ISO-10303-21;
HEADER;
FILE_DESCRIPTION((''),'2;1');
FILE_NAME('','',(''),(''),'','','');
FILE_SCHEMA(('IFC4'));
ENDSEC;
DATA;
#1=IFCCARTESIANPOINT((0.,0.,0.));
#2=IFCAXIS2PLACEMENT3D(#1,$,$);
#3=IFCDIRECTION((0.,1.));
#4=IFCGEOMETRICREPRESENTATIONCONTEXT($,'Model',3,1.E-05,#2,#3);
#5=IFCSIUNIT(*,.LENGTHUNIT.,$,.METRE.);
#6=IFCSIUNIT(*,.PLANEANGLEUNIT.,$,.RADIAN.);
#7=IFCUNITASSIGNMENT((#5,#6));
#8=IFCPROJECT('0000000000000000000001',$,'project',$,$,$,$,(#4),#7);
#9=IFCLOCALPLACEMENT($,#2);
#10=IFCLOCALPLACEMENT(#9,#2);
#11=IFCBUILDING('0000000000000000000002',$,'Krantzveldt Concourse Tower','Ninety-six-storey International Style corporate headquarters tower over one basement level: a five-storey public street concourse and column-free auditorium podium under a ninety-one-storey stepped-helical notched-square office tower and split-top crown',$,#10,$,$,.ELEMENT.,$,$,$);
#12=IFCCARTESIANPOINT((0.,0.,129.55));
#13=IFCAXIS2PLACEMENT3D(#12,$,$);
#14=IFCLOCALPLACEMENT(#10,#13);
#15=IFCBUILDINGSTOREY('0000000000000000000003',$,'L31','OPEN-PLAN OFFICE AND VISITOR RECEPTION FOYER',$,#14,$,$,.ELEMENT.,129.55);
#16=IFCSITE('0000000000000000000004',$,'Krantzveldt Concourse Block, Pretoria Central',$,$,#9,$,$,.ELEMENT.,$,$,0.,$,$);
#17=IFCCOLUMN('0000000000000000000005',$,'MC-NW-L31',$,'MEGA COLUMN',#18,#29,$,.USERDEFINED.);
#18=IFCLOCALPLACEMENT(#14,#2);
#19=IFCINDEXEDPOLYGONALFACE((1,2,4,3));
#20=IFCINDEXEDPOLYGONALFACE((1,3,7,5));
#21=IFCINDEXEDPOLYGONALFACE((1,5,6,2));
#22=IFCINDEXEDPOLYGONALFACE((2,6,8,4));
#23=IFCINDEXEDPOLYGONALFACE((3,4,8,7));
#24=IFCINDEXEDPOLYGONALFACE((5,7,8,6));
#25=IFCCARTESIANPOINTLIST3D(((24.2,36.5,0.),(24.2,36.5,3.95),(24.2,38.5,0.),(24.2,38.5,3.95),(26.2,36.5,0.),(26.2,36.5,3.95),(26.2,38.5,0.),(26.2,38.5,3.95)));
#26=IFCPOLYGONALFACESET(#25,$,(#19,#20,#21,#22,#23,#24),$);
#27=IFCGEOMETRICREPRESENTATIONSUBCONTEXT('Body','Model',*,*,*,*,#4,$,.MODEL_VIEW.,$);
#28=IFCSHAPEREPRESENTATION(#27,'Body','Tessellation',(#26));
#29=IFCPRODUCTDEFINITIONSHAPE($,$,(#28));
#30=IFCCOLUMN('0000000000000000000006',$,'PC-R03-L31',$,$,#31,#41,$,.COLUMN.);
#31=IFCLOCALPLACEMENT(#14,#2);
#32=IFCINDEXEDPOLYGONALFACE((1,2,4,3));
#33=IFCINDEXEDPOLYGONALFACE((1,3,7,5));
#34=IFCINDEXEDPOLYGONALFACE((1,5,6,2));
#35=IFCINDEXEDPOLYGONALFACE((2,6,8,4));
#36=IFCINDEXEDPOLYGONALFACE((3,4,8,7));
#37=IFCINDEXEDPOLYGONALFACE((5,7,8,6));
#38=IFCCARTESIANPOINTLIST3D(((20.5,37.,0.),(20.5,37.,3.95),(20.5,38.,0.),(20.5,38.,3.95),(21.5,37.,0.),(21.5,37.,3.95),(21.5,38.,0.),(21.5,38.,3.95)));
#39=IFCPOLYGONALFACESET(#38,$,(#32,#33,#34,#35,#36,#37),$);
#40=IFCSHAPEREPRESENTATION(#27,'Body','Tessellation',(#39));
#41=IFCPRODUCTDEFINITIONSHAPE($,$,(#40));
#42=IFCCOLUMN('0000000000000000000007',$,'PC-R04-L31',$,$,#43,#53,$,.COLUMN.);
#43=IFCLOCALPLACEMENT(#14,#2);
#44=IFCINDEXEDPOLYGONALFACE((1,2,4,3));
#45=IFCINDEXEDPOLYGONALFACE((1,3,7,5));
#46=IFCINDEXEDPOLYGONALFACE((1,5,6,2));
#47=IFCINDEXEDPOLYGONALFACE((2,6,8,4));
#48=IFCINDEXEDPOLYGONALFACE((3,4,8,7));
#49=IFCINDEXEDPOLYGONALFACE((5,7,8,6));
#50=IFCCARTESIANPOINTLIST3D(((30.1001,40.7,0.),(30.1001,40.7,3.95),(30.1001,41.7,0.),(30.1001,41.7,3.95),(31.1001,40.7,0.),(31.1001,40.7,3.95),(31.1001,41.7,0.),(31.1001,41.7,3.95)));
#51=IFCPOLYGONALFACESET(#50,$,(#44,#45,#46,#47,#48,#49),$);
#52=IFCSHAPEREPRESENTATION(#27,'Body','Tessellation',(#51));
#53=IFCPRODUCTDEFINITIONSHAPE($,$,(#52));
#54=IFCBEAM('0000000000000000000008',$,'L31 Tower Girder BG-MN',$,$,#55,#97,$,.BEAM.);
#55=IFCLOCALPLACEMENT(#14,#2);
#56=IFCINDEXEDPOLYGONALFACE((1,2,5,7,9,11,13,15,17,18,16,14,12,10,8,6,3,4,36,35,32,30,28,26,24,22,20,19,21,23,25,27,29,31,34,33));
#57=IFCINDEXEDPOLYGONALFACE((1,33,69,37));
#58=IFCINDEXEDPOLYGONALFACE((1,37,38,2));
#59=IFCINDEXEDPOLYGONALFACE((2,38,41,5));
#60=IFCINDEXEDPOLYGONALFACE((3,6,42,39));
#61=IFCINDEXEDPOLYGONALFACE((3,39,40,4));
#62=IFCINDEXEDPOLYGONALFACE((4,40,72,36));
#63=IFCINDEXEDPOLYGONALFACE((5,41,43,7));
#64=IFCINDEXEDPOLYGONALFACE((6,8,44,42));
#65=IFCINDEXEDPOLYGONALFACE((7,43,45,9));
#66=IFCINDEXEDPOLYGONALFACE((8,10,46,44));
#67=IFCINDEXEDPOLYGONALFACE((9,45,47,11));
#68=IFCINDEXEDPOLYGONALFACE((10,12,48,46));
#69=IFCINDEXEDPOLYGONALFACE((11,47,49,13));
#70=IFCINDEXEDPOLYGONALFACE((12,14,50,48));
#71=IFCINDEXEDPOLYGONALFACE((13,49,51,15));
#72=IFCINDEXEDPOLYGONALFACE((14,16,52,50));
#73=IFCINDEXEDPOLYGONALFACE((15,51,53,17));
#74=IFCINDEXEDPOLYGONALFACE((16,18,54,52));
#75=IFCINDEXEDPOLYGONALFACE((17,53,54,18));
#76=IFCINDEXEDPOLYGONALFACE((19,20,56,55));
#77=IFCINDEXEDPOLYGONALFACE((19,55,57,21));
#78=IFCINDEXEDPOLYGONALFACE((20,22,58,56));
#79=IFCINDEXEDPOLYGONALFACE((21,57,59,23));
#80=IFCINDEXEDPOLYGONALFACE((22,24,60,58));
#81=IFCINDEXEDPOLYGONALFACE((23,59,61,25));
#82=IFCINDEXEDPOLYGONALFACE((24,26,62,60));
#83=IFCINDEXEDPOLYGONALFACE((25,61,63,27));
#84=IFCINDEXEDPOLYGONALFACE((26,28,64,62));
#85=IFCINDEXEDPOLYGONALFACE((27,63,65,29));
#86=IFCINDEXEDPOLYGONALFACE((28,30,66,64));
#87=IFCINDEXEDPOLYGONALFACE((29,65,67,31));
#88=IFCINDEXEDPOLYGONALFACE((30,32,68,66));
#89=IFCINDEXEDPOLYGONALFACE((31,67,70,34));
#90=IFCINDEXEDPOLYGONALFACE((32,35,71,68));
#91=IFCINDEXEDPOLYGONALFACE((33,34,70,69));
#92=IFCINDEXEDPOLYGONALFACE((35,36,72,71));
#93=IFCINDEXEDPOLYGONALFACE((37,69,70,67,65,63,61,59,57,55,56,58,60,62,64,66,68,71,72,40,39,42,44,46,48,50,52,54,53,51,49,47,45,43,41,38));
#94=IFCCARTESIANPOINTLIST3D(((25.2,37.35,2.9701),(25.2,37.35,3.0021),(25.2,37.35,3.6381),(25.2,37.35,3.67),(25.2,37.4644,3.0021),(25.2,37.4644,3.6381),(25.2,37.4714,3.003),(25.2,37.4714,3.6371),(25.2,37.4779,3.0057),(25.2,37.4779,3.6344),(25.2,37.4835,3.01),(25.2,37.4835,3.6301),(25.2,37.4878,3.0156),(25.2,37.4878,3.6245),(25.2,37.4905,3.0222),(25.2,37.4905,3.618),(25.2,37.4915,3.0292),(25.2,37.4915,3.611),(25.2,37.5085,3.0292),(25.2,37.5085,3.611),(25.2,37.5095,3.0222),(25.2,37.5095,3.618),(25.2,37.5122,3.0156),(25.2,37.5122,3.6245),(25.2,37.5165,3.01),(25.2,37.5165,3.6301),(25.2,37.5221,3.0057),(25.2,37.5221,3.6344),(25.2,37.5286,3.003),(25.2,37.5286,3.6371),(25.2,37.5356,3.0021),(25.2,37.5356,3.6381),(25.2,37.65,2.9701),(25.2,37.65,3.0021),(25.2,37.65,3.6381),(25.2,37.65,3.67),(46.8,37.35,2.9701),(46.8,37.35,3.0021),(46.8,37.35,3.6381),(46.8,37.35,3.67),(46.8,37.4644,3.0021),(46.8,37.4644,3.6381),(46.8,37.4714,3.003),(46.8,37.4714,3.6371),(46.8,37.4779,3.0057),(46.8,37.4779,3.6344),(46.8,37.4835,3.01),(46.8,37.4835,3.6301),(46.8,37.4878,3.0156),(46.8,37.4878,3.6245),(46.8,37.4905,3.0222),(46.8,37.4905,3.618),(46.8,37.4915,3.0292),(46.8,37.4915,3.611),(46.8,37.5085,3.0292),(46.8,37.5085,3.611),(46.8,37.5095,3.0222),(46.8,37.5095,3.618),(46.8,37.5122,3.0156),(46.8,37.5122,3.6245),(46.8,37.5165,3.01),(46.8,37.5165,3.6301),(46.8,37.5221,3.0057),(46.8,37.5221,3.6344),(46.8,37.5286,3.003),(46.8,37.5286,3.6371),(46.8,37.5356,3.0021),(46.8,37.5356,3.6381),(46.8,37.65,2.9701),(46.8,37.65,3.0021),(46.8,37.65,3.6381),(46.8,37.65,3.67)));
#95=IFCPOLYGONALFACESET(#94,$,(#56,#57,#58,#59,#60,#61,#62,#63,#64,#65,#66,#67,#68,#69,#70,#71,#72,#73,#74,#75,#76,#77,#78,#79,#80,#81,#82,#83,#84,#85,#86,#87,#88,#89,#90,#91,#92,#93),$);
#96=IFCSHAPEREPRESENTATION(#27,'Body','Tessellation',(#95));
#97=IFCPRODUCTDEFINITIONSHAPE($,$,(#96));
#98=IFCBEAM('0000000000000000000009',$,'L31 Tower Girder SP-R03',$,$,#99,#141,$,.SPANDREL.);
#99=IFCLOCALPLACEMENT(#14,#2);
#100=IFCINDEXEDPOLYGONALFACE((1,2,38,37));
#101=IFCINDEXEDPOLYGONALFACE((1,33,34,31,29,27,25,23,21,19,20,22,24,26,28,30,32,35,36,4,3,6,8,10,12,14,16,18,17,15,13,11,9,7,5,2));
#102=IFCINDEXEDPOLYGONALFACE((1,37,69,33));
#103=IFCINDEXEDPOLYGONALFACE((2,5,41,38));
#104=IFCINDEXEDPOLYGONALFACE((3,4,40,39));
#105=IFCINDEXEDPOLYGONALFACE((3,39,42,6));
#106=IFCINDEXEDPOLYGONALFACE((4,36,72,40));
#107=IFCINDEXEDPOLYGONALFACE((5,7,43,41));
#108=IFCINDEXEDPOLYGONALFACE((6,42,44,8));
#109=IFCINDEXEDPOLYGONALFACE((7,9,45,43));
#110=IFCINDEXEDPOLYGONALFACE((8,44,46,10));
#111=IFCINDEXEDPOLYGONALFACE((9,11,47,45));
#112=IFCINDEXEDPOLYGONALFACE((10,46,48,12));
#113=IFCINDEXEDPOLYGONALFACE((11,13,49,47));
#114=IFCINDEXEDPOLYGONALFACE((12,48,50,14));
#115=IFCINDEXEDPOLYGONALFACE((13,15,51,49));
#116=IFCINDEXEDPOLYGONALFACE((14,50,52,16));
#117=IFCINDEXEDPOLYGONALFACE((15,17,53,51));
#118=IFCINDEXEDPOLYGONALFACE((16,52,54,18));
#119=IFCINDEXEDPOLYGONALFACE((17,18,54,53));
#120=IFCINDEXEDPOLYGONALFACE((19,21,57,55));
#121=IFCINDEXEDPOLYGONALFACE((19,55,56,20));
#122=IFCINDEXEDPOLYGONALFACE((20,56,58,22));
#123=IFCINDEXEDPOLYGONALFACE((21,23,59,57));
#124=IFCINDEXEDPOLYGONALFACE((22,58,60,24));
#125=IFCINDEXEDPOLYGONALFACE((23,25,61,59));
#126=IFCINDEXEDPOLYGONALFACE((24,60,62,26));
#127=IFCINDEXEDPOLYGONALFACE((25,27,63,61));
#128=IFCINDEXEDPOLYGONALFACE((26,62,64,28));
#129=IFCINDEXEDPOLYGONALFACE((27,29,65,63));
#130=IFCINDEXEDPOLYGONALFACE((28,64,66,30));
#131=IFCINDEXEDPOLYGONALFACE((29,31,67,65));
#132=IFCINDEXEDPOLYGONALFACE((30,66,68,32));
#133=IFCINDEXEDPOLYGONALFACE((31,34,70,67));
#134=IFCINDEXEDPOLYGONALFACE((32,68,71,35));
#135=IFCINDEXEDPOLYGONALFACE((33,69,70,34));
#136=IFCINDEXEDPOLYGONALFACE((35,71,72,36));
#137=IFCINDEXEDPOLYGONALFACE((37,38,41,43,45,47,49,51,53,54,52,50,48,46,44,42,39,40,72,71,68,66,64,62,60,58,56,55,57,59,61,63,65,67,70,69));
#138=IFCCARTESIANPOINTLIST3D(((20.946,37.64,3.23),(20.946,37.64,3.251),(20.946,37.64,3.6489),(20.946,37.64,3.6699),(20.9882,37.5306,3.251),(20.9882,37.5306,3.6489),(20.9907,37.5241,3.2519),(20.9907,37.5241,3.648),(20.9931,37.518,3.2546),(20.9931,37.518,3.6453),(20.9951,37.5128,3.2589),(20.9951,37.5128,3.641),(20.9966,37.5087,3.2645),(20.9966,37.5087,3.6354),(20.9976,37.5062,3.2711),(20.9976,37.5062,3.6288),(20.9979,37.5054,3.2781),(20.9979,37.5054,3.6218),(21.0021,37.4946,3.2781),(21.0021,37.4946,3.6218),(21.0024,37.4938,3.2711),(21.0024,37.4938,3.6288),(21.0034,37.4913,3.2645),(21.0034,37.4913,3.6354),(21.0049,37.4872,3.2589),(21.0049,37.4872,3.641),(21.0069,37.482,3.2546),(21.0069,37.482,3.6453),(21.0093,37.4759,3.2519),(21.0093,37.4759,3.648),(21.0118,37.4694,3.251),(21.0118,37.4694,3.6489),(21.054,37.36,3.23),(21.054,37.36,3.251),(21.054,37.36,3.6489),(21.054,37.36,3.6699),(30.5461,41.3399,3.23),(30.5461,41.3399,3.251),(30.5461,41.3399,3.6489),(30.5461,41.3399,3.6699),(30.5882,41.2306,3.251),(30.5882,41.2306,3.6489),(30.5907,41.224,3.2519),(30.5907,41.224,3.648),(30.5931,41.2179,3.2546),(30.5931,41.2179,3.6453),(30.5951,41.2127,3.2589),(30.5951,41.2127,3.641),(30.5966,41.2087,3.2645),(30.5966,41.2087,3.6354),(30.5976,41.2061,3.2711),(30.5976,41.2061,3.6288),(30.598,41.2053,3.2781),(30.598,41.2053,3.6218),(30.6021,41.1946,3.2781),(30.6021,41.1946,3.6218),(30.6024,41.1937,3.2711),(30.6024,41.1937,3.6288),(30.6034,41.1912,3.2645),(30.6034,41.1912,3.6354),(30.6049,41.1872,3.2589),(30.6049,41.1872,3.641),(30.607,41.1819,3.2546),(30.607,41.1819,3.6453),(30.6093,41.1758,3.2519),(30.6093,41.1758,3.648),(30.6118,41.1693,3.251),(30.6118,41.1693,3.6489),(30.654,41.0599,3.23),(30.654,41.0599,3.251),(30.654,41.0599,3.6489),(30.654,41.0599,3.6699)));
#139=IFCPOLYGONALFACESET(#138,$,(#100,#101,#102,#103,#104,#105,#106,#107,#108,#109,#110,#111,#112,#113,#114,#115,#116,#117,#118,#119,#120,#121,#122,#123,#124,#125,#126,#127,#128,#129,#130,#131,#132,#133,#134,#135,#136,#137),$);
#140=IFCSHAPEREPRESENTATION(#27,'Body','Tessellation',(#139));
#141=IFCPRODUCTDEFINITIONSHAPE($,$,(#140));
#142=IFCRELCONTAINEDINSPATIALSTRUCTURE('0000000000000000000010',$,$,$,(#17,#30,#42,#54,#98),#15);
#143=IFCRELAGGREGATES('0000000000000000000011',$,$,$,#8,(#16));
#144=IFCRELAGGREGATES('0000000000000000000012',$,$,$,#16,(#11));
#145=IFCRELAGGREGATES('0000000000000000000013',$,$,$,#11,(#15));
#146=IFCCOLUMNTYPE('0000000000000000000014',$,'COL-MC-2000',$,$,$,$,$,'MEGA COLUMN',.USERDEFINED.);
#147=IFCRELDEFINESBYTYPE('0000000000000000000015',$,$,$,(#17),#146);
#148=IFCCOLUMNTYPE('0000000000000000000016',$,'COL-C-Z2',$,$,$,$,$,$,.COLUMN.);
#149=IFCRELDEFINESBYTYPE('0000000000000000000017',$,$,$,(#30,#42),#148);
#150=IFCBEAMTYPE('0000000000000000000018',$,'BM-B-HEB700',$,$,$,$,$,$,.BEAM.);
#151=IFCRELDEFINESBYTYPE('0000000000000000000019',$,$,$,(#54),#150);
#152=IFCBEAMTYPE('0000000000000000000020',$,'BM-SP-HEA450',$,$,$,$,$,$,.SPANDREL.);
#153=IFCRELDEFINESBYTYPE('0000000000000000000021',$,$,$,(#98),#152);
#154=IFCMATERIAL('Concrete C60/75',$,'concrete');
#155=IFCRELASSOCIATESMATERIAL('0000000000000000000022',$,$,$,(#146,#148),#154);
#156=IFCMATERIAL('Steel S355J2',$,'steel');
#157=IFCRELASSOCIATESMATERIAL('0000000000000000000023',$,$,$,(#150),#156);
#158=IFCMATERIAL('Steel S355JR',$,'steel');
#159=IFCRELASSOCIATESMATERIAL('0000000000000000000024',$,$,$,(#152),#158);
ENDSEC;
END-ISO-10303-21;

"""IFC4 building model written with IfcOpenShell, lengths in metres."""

from ifc_helpers import new_model, si_unit, direction, frame, origin, origin_2d, place, context, subcontext, project, spatial, rectangle, i_section, extrude, source, transform, mapped, material, material_profile, profile_set, type_object, type_shapes, element, save


model = new_model("IFC4")

# Units and contexts
model_context = context("Model", 3, precision=1e-05, world=origin(), true_north=direction((0.0, 1.0)))
body_context = subcontext(model_context, "Body", "Model", "MODEL_VIEW")
ifc_project = project(units=[si_unit("LENGTHUNIT", "METRE"), si_unit("PLANEANGLEUNIT", "RADIAN")], contexts=[model_context])

# Site, building, storey
site_placement = place(None, origin())
site = spatial("IfcSite", under=ifc_project, at=site_placement, Name="Krantzveldt Concourse Block, Pretoria Central", CompositionType="ELEMENT", RefElevation=0.0)
building_placement = place(site_placement, origin())
building = spatial("IfcBuilding", under=site, at=building_placement, Name="Krantzveldt Concourse Tower", Description="Ninety-six-storey International Style corporate headquarters tower over one basement level: a five-storey public street concourse and column-free auditorium podium under a ninety-one-storey stepped-helical notched-square office tower and split-top crown", CompositionType="ELEMENT")
storey_placement = place(building_placement, frame((0.0, 0.0, 129.55)))
storey = spatial("IfcBuildingStorey", under=building, at=storey_placement, Name="L31", Description="OPEN-PLAN OFFICE AND VISITOR RECEPTION FOYER", CompositionType="ELEMENT", Elevation=129.55)

# Columns
ifc_material_1 = material(Name="Concrete C60/75", Category="concrete")
ifc_material_profile_1 = material_profile(ifc_material_1, rectangle(XDim=2.0, YDim=2.0, at=origin_2d()), Name="Concrete C60/75", Category="concrete")
ifc_profile_set_1 = profile_set([ifc_material_profile_1], Name="Concrete C60/75 - RC 2000x2000")
column_type_1 = type_object("IfcColumnType", Name="COL-MC-2000", ElementType="MEGA COLUMN", PredefinedType="USERDEFINED", material=ifc_profile_set_1)
shared_shape_1 = source(origin(), body_context, "Body", "SweptSolid", [
    extrude(rectangle(XDim=2.0, YDim=2.0, at=origin_2d()), origin(), (0.0, 0.0, 1.0), 3.95),
])
type_shapes(column_type_1, [shared_shape_1])
column_placement = place(storey_placement, frame((25.2, 37.5, 0.0), z_axis=(0.0, 0.0, 1.0), x_axis=(1.0, 0.0, 0.0)))
element("IfcColumn", 1, at=column_placement, inside=storey, type_object=column_type_1, Name="MC-NW-L31", ObjectType="MEGA COLUMN", PredefinedType="USERDEFINED", context=body_context, shape_type="MappedRepresentation", body=[
    mapped(shared_shape_1, transform((0.0, 0.0, 0.0), x_axis=(1.0, 0.0, 0.0), y_axis=(0.0, 1.0, 0.0), z_axis=(0.0, 0.0, 1.0), scale=1.0)),
])
ifc_material_profile_2 = material_profile(ifc_material_1, rectangle(XDim=1.0, YDim=1.0, at=origin_2d()), Name="Concrete C60/75", Category="concrete")
ifc_profile_set_2 = profile_set([ifc_material_profile_2], Name="Concrete C60/75 - RC 1000x1000")
column_type_2 = type_object("IfcColumnType", Name="COL-C-Z2", PredefinedType="COLUMN", material=ifc_profile_set_2)
shared_shape_2 = source(origin(), body_context, "Body", "SweptSolid", [
    extrude(rectangle(XDim=1.0, YDim=1.0, at=origin_2d()), origin(), (0.0, 0.0, 1.0), 3.95),
])
type_shapes(column_type_2, [shared_shape_2])
for number, where, z_axis, x_axis, name in (
    (2, (21.0, 37.5, 0.0), (0.0, 0.0, 1.0), (1.0, 0.0, 0.0), "PC-R03-L31"),
    (3, (30.6001, 41.2, 0.0), (0.0, 0.0, 1.0), (1.0, 0.0, 0.0), "PC-R04-L31"),
):
    element("IfcColumn", number, at=place(storey_placement, frame(where, z_axis=z_axis, x_axis=x_axis)), inside=storey, type_object=column_type_2, Name=name, PredefinedType="COLUMN", context=body_context, shape_type="MappedRepresentation", body=[
        mapped(shared_shape_2, transform((0.0, 0.0, 0.0), x_axis=(1.0, 0.0, 0.0), y_axis=(0.0, 1.0, 0.0), z_axis=(0.0, 0.0, 1.0), scale=1.0)),
    ])

# Beams
ifc_material_2 = material(Name="Steel S355J2", Category="steel")
ifc_material_profile_3 = material_profile(ifc_material_2, i_section(OverallWidth=0.3, OverallDepth=0.7, WebThickness=0.0171, FlangeThickness=0.032, FilletRadius=0.0271, at=origin_2d()), Name="Steel S355J2", Category="steel")
ifc_profile_set_3 = profile_set([ifc_material_profile_3], Name="Steel S355J2 - HEB 700")
beam_type_1 = type_object("IfcBeamType", Name="BM-B-HEB700", PredefinedType="BEAM", material=ifc_profile_set_3)
shared_shape_3 = source(origin(), body_context, "Body", "SweptSolid", [
    extrude(i_section(OverallWidth=0.3, OverallDepth=0.7, WebThickness=0.0171, FlangeThickness=0.032, FilletRadius=0.0271, at=origin_2d()), origin(), (0.0, 0.0, 1.0), 21.6001),
])
type_shapes(beam_type_1, [shared_shape_3])
beam_1_placement = place(storey_placement, frame((25.2, 37.5, 3.3201), z_axis=(1.0, 0.0, 0.0), x_axis=(0.0, 1.0, 0.0)))
element("IfcBeam", 4, at=beam_1_placement, inside=storey, type_object=beam_type_1, Name="L31 Tower Girder BG-MN", PredefinedType="BEAM", context=body_context, shape_type="MappedRepresentation", body=[
    mapped(shared_shape_3, transform((0.0, 0.0, 0.0), x_axis=(1.0, 0.0, 0.0), y_axis=(0.0, 1.0, 0.0), z_axis=(0.0, 0.0, 1.0), scale=1.0)),
])
ifc_material_3 = material(Name="Steel S355JR", Category="steel")
ifc_material_profile_4 = material_profile(ifc_material_3, i_section(OverallWidth=0.3, OverallDepth=0.4399, WebThickness=0.0115, FlangeThickness=0.021, FilletRadius=0.0271, at=origin_2d()), Name="Steel S355JR", Category="steel")
ifc_profile_set_4 = profile_set([ifc_material_profile_4], Name="Steel S355JR - HEA 450")
beam_type_2 = type_object("IfcBeamType", Name="BM-SP-HEA450", PredefinedType="SPANDREL", material=ifc_profile_set_4)
shared_shape_4 = source(origin(), body_context, "Body", "SweptSolid", [
    extrude(i_section(OverallWidth=0.3, OverallDepth=0.4399, WebThickness=0.0115, FlangeThickness=0.021, FilletRadius=0.0271, at=origin_2d()), origin(), (0.0, 0.0, 1.0), 10.2883),
])
beam_2_placement = place(storey_placement, frame((21.0, 37.5, 3.45), z_axis=(0.933098, 0.359623, 0.0), x_axis=(-0.359623, 0.933098, 0.0)))
element("IfcBeam", 5, at=beam_2_placement, inside=storey, type_object=beam_type_2, Name="L31 Tower Girder SP-R03", PredefinedType="SPANDREL", context=body_context, shape_type="MappedRepresentation", body=[
    mapped(shared_shape_4, transform((0.0, 0.0, 0.0), x_axis=(1.0, 0.0, 0.0), y_axis=(0.0, 1.0, 0.0), z_axis=(0.0, 0.0, 1.0), scale=1.0)),
])

save(model, "model.ifc")
